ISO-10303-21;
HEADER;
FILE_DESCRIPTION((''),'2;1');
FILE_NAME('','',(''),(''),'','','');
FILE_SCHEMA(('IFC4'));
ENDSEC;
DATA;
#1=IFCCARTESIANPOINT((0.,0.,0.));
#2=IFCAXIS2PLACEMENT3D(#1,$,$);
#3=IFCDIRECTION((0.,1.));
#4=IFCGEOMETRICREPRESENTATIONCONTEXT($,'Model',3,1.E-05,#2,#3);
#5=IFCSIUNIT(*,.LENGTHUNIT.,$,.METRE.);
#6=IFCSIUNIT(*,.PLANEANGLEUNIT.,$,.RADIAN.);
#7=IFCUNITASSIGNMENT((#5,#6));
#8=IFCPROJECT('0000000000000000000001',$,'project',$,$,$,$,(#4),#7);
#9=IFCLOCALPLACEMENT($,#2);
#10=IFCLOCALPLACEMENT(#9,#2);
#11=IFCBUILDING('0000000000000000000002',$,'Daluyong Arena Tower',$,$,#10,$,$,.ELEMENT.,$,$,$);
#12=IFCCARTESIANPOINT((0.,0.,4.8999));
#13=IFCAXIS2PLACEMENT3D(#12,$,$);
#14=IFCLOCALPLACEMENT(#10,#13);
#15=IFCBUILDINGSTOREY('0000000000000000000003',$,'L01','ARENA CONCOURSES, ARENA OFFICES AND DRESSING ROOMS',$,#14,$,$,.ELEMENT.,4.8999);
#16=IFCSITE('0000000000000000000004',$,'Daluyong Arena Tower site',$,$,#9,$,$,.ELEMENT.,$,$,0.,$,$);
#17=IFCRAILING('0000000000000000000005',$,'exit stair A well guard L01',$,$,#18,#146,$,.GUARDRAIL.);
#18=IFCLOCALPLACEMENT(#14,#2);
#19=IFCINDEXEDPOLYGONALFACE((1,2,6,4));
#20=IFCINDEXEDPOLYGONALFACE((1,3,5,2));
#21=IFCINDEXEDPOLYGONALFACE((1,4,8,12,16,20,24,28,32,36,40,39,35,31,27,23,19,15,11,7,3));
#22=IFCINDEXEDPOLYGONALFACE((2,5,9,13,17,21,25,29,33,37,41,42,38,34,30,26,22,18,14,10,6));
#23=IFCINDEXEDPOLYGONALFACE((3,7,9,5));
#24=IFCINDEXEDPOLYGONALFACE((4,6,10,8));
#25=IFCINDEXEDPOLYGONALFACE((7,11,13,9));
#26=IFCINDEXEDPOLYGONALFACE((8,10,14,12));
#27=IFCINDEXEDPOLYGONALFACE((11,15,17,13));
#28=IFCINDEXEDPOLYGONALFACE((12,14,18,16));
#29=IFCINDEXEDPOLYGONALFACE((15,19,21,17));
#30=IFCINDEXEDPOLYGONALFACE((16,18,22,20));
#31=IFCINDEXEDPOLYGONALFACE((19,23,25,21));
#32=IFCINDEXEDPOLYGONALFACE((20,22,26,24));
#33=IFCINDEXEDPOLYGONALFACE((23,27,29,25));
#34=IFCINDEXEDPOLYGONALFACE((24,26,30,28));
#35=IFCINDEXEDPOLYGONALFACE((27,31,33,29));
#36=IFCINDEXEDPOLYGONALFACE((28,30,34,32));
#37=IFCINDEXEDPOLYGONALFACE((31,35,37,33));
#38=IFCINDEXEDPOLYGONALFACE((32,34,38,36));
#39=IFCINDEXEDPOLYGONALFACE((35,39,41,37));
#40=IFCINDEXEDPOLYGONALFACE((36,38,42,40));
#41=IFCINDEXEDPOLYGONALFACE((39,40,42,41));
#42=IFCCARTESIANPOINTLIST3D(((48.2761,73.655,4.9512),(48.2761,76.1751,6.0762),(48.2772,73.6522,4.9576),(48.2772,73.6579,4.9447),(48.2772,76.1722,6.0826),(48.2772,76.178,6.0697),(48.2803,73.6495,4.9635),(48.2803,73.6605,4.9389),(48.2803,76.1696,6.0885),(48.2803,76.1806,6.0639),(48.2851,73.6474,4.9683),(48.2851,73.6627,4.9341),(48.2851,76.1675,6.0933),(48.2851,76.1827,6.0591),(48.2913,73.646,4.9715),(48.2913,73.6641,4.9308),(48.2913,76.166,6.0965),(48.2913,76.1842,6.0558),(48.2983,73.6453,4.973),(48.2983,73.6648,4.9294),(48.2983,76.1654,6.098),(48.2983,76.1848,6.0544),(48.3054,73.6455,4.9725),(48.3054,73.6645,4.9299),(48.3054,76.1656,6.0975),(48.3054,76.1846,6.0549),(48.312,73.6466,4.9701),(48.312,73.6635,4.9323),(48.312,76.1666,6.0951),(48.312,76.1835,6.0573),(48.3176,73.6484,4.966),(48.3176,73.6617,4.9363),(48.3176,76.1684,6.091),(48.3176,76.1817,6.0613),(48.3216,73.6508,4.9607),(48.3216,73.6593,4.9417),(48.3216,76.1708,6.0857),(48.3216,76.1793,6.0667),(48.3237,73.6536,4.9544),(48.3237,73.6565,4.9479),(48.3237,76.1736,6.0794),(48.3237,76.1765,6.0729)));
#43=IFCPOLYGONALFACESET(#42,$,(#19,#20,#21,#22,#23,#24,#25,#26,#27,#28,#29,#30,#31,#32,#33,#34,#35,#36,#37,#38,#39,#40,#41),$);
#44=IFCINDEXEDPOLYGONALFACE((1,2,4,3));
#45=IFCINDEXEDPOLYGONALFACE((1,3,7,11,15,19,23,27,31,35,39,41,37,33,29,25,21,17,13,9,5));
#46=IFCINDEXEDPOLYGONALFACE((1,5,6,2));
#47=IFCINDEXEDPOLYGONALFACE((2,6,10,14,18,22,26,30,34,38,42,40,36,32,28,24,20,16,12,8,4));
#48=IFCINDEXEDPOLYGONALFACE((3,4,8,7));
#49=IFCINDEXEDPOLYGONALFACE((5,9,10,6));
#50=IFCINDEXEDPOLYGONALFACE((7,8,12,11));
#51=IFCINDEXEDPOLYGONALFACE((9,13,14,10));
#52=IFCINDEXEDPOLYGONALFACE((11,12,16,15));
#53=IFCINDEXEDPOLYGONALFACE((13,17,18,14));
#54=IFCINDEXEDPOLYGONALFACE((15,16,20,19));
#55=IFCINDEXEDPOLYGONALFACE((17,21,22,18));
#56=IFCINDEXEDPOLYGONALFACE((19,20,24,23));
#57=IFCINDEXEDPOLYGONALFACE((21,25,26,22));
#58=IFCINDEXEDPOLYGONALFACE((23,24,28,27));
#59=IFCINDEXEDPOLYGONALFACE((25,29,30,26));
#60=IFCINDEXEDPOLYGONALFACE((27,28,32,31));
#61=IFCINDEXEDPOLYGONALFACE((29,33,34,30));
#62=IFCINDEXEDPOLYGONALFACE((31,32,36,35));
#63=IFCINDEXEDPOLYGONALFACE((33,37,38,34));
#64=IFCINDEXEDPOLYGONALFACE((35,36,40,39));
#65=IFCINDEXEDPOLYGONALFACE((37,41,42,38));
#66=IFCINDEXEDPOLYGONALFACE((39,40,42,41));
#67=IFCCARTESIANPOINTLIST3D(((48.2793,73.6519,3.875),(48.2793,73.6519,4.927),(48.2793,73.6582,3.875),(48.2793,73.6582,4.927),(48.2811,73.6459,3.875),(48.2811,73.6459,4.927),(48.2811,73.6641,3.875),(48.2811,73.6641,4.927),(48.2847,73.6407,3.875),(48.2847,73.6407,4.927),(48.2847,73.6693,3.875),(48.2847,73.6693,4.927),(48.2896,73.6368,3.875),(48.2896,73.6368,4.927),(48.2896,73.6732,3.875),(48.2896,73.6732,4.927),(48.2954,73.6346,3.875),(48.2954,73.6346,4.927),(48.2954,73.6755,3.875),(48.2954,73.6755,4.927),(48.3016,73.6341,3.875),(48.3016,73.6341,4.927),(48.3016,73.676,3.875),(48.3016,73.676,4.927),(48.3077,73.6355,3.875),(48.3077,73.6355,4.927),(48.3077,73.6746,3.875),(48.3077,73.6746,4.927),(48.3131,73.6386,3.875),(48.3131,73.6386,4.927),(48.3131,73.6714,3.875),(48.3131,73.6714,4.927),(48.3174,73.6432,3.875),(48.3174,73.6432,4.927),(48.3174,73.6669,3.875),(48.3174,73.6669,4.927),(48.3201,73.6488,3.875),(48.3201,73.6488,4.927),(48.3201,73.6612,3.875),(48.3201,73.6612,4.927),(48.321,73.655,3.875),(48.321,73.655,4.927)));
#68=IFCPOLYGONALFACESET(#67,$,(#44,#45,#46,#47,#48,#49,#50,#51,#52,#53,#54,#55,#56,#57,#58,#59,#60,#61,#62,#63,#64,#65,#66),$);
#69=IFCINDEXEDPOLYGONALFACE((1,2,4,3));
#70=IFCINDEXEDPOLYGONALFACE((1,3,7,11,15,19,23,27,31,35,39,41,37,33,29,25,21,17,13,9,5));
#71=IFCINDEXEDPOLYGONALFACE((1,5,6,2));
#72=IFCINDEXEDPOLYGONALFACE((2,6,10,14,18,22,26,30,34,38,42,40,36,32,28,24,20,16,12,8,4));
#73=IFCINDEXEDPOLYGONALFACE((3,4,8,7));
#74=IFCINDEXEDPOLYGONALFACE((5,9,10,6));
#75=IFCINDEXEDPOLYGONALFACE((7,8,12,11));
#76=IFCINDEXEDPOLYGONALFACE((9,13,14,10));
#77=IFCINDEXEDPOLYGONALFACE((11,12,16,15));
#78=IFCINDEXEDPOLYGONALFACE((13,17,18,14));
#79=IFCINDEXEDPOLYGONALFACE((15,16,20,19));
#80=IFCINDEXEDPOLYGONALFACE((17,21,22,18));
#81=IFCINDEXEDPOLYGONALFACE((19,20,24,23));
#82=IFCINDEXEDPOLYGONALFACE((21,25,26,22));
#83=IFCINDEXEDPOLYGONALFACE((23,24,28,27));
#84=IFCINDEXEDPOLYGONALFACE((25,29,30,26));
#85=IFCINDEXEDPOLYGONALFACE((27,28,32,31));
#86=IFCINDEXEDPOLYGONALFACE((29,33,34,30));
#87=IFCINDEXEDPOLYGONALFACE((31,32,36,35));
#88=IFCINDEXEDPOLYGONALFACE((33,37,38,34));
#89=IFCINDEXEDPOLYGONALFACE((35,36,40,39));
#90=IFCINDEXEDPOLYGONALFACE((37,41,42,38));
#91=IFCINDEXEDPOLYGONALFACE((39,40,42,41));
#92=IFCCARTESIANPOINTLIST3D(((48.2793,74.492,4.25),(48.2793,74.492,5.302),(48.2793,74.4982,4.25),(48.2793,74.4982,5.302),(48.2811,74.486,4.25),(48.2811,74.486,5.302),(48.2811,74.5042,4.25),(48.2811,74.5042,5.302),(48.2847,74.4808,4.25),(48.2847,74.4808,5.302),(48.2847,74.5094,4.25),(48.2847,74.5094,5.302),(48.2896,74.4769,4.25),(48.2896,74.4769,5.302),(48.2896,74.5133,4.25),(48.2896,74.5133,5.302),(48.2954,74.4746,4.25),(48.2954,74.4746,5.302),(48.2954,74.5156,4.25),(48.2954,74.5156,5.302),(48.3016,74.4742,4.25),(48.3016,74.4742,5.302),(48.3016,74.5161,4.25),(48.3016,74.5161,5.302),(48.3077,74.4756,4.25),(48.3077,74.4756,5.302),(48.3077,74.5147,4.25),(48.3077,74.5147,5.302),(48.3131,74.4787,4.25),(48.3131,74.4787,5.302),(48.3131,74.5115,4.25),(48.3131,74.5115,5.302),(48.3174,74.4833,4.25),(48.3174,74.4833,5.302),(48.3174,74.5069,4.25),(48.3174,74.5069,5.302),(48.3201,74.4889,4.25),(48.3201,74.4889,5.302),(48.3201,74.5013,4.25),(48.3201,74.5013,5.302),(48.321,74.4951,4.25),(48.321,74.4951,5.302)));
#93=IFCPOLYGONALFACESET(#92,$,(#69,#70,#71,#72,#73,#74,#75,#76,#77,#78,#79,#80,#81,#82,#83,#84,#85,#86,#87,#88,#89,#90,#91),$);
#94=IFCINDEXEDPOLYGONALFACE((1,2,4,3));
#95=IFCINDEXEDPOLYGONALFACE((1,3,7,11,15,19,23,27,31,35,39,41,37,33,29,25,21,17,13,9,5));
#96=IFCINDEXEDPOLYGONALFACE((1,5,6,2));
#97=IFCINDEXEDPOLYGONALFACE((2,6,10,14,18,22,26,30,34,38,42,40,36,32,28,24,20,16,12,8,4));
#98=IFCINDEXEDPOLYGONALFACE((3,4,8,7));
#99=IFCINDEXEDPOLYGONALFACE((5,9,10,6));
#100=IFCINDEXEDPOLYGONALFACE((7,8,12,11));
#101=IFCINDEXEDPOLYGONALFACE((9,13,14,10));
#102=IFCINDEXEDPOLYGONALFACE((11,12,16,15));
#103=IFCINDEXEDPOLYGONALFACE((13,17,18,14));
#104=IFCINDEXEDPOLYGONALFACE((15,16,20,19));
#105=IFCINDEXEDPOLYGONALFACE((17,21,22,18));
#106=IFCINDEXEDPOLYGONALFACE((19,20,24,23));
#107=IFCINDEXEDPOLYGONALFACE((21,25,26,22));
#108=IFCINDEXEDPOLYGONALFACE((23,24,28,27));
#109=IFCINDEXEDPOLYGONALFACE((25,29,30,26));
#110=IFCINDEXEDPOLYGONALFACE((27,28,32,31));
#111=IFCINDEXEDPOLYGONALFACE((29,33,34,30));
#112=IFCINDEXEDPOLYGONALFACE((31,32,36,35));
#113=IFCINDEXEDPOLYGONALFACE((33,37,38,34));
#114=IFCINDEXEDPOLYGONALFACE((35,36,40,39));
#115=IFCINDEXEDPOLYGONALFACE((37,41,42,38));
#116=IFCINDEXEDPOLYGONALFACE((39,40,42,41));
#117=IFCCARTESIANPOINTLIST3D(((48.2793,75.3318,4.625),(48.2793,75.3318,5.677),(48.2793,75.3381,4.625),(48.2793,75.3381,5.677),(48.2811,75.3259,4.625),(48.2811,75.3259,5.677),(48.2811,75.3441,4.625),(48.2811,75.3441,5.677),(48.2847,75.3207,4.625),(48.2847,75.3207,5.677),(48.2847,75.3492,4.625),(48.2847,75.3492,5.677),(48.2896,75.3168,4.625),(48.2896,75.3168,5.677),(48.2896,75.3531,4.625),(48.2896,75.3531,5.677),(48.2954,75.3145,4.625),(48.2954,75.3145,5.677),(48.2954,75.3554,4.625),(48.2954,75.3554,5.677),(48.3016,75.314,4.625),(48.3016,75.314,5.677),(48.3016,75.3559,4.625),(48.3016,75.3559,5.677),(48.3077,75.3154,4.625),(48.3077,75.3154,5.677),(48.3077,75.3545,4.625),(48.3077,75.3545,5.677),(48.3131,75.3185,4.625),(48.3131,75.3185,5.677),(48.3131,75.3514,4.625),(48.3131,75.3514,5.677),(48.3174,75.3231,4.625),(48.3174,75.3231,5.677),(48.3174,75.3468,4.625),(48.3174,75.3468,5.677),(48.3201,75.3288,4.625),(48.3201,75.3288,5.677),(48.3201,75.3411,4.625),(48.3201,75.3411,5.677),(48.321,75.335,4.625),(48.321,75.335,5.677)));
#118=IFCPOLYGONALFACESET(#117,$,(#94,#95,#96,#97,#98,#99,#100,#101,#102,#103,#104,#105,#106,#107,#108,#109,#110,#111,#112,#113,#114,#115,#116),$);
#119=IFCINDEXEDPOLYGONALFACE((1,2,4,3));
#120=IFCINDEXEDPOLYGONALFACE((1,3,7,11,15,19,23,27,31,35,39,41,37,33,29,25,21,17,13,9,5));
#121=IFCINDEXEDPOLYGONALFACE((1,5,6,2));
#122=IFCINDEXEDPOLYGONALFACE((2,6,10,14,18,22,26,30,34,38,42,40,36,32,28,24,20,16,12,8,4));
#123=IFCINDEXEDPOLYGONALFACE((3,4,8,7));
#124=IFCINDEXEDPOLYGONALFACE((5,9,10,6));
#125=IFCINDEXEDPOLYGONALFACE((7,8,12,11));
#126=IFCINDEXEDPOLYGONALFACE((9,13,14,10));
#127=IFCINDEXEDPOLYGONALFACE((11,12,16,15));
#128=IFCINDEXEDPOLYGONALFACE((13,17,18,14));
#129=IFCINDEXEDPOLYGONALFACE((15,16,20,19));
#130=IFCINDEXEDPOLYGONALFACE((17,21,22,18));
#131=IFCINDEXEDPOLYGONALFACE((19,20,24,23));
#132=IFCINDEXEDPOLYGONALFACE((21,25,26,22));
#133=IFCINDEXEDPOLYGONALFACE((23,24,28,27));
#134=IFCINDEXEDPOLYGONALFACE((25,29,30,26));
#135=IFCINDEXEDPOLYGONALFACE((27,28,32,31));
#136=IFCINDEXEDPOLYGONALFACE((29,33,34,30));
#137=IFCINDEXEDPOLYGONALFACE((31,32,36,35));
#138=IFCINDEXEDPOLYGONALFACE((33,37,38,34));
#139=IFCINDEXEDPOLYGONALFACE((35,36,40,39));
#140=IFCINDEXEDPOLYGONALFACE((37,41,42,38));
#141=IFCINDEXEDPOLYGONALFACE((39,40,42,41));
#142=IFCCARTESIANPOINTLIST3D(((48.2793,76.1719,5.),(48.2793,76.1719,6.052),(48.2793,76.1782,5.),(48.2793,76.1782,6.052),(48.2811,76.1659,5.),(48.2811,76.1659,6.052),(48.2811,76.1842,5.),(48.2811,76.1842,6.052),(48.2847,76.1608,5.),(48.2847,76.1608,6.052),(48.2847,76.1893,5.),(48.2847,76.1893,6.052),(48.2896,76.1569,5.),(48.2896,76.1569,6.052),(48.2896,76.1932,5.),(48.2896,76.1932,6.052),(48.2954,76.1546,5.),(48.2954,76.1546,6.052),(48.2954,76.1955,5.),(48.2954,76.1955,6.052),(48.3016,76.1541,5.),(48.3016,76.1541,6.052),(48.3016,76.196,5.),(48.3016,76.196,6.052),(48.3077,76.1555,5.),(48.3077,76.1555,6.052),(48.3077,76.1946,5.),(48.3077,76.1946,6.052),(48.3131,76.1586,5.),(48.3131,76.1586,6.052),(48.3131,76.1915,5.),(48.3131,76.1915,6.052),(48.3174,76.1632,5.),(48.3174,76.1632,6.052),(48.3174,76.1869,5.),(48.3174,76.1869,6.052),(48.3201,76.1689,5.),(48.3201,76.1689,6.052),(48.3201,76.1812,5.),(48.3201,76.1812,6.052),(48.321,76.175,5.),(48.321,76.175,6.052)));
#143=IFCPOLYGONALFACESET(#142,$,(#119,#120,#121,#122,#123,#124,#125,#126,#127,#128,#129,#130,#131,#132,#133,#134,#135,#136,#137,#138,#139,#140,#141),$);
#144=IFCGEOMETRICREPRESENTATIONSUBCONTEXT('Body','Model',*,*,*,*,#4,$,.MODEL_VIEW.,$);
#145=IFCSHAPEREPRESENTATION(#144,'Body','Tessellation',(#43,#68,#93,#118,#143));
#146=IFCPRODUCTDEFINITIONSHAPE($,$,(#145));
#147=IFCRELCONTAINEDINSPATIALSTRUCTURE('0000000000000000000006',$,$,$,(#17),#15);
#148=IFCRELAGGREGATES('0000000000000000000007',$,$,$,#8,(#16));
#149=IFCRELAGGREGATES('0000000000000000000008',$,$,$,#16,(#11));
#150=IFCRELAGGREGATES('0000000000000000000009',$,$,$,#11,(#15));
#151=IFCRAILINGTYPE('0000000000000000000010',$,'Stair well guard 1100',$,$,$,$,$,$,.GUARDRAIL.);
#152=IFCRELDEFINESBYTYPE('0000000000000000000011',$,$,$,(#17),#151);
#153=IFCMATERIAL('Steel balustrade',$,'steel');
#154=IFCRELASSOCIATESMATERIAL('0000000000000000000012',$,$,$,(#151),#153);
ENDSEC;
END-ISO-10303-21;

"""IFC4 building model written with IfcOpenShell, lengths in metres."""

from ifc_helpers import new_model, si_unit, direction, frame, origin, origin_2d, place, context, subcontext, project, spatial, circle, extrude, material, type_object, element, save


model = new_model("IFC4")

# Units and contexts
model_context = context("Model", 3, precision=1e-05, world=origin(), true_north=direction((0.0, 1.0)))
body_context = subcontext(model_context, "Body", "Model", "MODEL_VIEW")
ifc_project = project(units=[si_unit("LENGTHUNIT", "METRE"), si_unit("PLANEANGLEUNIT", "RADIAN")], contexts=[model_context])

# Site, building, storey
site_placement = place(None, origin())
site = spatial("IfcSite", under=ifc_project, at=site_placement, Name="Daluyong Arena Tower site", CompositionType="ELEMENT", RefElevation=0.0)
building_placement = place(site_placement, origin())
building = spatial("IfcBuilding", under=site, at=building_placement, Name="Daluyong Arena Tower", CompositionType="ELEMENT")
storey_placement = place(building_placement, frame((0.0, 0.0, 4.8999)))
storey = spatial("IfcBuildingStorey", under=building, at=storey_placement, Name="L01", Description="ARENA CONCOURSES, ARENA OFFICES AND DRESSING ROOMS", CompositionType="ELEMENT", Elevation=4.8999)

# Railing
ifc_material_1 = material(Name="Steel balustrade", Category="steel")
railing_type_1 = type_object("IfcRailingType", Name="Stair well guard 1100", PredefinedType="GUARDRAIL", material=ifc_material_1)
for number, where, name in (
    (1, (48.3, 73.655, 3.875), "exit stair A well guard L01"),
):
    element("IfcRailing", number, at=place(storey_placement, frame(where)), inside=storey, type_object=railing_type_1, Name=name, PredefinedType="GUARDRAIL", context=body_context, shape_type="SweptSolid", body=[
        extrude(circle(Radius=0.0239, at=origin_2d()), frame((0.0, 0.0, 1.0762), z_axis=(0.0, 0.913139, 0.407648), x_axis=(-1.0, 0.0, 0.0)), (0.0, 0.0, 1.0), 2.7598),
        extrude(circle(Radius=0.021, at=origin_2d()), origin(), (0.0, 0.0, 1.0), 1.052),
        extrude(circle(Radius=0.021, at=origin_2d()), frame((0.0, 0.8401, 0.375)), (0.0, 0.0, 1.0), 1.052),
        extrude(circle(Radius=0.021, at=origin_2d()), frame((0.0, 1.6799, 0.75)), (0.0, 0.0, 1.0), 1.052),
        extrude(circle(Radius=0.021, at=origin_2d()), frame((0.0, 2.52, 1.125)), (0.0, 0.0, 1.0), 1.052),
    ])

save(model, "model.ifc")
